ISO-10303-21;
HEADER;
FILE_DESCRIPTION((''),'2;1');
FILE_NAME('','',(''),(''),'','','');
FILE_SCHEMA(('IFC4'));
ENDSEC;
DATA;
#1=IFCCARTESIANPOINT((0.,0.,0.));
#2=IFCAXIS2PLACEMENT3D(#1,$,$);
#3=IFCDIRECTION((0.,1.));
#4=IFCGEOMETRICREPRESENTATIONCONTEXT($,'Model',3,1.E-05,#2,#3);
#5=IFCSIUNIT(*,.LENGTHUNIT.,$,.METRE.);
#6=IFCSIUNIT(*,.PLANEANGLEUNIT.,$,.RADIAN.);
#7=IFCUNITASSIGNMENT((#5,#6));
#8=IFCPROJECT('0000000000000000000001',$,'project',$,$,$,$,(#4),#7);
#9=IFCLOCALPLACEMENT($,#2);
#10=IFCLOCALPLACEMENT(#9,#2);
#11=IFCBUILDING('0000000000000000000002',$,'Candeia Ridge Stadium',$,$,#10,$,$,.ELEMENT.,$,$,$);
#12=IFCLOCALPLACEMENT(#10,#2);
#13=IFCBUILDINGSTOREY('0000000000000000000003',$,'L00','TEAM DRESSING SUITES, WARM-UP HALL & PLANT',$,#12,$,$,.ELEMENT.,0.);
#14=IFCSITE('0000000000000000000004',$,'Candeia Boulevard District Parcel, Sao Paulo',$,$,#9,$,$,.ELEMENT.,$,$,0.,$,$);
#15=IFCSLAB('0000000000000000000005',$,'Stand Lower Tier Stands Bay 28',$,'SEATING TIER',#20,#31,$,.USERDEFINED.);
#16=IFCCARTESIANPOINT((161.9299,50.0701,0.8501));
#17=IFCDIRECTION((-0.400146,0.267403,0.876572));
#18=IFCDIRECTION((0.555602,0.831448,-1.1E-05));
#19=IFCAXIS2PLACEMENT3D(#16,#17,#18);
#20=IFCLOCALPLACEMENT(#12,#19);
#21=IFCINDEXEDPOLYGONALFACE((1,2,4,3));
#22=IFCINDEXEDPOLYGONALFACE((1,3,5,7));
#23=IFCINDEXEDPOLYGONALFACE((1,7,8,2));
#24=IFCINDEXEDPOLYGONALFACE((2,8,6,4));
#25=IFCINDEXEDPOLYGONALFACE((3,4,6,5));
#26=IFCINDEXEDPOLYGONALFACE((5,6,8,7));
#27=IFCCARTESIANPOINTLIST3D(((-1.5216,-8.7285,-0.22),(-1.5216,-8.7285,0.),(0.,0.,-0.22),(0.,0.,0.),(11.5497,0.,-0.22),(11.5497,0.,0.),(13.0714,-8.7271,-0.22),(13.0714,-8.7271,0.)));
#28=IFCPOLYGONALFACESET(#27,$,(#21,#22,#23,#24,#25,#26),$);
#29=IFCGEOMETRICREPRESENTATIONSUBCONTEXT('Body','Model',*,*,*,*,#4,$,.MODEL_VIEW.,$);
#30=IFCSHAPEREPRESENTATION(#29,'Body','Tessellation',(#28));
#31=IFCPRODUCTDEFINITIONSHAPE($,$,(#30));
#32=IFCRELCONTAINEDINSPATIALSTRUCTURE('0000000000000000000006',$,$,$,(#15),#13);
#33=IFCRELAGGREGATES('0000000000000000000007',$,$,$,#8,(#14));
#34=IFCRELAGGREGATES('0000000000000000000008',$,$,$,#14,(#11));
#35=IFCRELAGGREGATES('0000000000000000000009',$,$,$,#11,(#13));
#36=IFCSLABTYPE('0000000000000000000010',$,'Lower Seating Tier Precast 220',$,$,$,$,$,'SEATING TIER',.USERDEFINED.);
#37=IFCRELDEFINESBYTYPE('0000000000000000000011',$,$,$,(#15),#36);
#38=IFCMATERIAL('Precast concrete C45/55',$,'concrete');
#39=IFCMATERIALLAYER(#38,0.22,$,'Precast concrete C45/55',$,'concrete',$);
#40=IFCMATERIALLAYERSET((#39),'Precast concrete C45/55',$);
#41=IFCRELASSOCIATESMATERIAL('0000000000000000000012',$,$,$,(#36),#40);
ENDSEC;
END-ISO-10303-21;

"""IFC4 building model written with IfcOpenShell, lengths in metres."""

from ifc_helpers import new_model, si_unit, direction, frame, origin, place, context, subcontext, project, spatial, polyline, outline, extrude, material, layer, layer_set, type_object, element, save


model = new_model("IFC4")

# Units and contexts
model_context = context("Model", 3, precision=1e-05, world=origin(), true_north=direction((0.0, 1.0)))
body_context = subcontext(model_context, "Body", "Model", "MODEL_VIEW")
ifc_project = project(units=[si_unit("LENGTHUNIT", "METRE"), si_unit("PLANEANGLEUNIT", "RADIAN")], contexts=[model_context])

# Site, building, storey
site_placement = place(None, origin())
site = spatial("IfcSite", under=ifc_project, at=site_placement, Name="Candeia Boulevard District Parcel, Sao Paulo", CompositionType="ELEMENT", RefElevation=0.0)
building_placement = place(site_placement, origin())
building = spatial("IfcBuilding", under=site, at=building_placement, Name="Candeia Ridge Stadium", CompositionType="ELEMENT")
storey_placement = place(building_placement, origin())
storey = spatial("IfcBuildingStorey", under=building, at=storey_placement, Name="L00", Description="TEAM DRESSING SUITES, WARM-UP HALL & PLANT", CompositionType="ELEMENT", Elevation=0.0)

# Slab
ifc_material_1 = material(Name="Precast concrete C45/55", Category="concrete")
ifc_layer_1 = layer(ifc_material_1, 0.22, Name="Precast concrete C45/55", Category="concrete")
ifc_layer_set_1 = layer_set([ifc_layer_1], Name="Precast concrete C45/55")
slab_type = type_object("IfcSlabType", Name="Lower Seating Tier Precast 220", ElementType="SEATING TIER", PredefinedType="USERDEFINED", material=ifc_layer_set_1)
slab_1_placement = place(storey_placement, frame((161.9299, 50.0701, 0.8501), z_axis=(-0.400146, 0.267403, 0.876572), x_axis=(0.555602, 0.831448, -0.000011)))
element("IfcSlab", 1, at=slab_1_placement, inside=storey, type_object=slab_type, Name="Stand Lower Tier Stands Bay 28", ObjectType="SEATING TIER", PredefinedType="USERDEFINED", context=body_context, shape_type="SweptSolid", body=[
    extrude(outline(polyline([(0.0, 0.0), (11.5497, 0.0), (13.0714, -8.7271), (-1.5216, -8.7285), (0.0, 0.0)])), origin(), (0.0, 0.0, -1.0), 0.22),
])

save(model, "model.ifc")
